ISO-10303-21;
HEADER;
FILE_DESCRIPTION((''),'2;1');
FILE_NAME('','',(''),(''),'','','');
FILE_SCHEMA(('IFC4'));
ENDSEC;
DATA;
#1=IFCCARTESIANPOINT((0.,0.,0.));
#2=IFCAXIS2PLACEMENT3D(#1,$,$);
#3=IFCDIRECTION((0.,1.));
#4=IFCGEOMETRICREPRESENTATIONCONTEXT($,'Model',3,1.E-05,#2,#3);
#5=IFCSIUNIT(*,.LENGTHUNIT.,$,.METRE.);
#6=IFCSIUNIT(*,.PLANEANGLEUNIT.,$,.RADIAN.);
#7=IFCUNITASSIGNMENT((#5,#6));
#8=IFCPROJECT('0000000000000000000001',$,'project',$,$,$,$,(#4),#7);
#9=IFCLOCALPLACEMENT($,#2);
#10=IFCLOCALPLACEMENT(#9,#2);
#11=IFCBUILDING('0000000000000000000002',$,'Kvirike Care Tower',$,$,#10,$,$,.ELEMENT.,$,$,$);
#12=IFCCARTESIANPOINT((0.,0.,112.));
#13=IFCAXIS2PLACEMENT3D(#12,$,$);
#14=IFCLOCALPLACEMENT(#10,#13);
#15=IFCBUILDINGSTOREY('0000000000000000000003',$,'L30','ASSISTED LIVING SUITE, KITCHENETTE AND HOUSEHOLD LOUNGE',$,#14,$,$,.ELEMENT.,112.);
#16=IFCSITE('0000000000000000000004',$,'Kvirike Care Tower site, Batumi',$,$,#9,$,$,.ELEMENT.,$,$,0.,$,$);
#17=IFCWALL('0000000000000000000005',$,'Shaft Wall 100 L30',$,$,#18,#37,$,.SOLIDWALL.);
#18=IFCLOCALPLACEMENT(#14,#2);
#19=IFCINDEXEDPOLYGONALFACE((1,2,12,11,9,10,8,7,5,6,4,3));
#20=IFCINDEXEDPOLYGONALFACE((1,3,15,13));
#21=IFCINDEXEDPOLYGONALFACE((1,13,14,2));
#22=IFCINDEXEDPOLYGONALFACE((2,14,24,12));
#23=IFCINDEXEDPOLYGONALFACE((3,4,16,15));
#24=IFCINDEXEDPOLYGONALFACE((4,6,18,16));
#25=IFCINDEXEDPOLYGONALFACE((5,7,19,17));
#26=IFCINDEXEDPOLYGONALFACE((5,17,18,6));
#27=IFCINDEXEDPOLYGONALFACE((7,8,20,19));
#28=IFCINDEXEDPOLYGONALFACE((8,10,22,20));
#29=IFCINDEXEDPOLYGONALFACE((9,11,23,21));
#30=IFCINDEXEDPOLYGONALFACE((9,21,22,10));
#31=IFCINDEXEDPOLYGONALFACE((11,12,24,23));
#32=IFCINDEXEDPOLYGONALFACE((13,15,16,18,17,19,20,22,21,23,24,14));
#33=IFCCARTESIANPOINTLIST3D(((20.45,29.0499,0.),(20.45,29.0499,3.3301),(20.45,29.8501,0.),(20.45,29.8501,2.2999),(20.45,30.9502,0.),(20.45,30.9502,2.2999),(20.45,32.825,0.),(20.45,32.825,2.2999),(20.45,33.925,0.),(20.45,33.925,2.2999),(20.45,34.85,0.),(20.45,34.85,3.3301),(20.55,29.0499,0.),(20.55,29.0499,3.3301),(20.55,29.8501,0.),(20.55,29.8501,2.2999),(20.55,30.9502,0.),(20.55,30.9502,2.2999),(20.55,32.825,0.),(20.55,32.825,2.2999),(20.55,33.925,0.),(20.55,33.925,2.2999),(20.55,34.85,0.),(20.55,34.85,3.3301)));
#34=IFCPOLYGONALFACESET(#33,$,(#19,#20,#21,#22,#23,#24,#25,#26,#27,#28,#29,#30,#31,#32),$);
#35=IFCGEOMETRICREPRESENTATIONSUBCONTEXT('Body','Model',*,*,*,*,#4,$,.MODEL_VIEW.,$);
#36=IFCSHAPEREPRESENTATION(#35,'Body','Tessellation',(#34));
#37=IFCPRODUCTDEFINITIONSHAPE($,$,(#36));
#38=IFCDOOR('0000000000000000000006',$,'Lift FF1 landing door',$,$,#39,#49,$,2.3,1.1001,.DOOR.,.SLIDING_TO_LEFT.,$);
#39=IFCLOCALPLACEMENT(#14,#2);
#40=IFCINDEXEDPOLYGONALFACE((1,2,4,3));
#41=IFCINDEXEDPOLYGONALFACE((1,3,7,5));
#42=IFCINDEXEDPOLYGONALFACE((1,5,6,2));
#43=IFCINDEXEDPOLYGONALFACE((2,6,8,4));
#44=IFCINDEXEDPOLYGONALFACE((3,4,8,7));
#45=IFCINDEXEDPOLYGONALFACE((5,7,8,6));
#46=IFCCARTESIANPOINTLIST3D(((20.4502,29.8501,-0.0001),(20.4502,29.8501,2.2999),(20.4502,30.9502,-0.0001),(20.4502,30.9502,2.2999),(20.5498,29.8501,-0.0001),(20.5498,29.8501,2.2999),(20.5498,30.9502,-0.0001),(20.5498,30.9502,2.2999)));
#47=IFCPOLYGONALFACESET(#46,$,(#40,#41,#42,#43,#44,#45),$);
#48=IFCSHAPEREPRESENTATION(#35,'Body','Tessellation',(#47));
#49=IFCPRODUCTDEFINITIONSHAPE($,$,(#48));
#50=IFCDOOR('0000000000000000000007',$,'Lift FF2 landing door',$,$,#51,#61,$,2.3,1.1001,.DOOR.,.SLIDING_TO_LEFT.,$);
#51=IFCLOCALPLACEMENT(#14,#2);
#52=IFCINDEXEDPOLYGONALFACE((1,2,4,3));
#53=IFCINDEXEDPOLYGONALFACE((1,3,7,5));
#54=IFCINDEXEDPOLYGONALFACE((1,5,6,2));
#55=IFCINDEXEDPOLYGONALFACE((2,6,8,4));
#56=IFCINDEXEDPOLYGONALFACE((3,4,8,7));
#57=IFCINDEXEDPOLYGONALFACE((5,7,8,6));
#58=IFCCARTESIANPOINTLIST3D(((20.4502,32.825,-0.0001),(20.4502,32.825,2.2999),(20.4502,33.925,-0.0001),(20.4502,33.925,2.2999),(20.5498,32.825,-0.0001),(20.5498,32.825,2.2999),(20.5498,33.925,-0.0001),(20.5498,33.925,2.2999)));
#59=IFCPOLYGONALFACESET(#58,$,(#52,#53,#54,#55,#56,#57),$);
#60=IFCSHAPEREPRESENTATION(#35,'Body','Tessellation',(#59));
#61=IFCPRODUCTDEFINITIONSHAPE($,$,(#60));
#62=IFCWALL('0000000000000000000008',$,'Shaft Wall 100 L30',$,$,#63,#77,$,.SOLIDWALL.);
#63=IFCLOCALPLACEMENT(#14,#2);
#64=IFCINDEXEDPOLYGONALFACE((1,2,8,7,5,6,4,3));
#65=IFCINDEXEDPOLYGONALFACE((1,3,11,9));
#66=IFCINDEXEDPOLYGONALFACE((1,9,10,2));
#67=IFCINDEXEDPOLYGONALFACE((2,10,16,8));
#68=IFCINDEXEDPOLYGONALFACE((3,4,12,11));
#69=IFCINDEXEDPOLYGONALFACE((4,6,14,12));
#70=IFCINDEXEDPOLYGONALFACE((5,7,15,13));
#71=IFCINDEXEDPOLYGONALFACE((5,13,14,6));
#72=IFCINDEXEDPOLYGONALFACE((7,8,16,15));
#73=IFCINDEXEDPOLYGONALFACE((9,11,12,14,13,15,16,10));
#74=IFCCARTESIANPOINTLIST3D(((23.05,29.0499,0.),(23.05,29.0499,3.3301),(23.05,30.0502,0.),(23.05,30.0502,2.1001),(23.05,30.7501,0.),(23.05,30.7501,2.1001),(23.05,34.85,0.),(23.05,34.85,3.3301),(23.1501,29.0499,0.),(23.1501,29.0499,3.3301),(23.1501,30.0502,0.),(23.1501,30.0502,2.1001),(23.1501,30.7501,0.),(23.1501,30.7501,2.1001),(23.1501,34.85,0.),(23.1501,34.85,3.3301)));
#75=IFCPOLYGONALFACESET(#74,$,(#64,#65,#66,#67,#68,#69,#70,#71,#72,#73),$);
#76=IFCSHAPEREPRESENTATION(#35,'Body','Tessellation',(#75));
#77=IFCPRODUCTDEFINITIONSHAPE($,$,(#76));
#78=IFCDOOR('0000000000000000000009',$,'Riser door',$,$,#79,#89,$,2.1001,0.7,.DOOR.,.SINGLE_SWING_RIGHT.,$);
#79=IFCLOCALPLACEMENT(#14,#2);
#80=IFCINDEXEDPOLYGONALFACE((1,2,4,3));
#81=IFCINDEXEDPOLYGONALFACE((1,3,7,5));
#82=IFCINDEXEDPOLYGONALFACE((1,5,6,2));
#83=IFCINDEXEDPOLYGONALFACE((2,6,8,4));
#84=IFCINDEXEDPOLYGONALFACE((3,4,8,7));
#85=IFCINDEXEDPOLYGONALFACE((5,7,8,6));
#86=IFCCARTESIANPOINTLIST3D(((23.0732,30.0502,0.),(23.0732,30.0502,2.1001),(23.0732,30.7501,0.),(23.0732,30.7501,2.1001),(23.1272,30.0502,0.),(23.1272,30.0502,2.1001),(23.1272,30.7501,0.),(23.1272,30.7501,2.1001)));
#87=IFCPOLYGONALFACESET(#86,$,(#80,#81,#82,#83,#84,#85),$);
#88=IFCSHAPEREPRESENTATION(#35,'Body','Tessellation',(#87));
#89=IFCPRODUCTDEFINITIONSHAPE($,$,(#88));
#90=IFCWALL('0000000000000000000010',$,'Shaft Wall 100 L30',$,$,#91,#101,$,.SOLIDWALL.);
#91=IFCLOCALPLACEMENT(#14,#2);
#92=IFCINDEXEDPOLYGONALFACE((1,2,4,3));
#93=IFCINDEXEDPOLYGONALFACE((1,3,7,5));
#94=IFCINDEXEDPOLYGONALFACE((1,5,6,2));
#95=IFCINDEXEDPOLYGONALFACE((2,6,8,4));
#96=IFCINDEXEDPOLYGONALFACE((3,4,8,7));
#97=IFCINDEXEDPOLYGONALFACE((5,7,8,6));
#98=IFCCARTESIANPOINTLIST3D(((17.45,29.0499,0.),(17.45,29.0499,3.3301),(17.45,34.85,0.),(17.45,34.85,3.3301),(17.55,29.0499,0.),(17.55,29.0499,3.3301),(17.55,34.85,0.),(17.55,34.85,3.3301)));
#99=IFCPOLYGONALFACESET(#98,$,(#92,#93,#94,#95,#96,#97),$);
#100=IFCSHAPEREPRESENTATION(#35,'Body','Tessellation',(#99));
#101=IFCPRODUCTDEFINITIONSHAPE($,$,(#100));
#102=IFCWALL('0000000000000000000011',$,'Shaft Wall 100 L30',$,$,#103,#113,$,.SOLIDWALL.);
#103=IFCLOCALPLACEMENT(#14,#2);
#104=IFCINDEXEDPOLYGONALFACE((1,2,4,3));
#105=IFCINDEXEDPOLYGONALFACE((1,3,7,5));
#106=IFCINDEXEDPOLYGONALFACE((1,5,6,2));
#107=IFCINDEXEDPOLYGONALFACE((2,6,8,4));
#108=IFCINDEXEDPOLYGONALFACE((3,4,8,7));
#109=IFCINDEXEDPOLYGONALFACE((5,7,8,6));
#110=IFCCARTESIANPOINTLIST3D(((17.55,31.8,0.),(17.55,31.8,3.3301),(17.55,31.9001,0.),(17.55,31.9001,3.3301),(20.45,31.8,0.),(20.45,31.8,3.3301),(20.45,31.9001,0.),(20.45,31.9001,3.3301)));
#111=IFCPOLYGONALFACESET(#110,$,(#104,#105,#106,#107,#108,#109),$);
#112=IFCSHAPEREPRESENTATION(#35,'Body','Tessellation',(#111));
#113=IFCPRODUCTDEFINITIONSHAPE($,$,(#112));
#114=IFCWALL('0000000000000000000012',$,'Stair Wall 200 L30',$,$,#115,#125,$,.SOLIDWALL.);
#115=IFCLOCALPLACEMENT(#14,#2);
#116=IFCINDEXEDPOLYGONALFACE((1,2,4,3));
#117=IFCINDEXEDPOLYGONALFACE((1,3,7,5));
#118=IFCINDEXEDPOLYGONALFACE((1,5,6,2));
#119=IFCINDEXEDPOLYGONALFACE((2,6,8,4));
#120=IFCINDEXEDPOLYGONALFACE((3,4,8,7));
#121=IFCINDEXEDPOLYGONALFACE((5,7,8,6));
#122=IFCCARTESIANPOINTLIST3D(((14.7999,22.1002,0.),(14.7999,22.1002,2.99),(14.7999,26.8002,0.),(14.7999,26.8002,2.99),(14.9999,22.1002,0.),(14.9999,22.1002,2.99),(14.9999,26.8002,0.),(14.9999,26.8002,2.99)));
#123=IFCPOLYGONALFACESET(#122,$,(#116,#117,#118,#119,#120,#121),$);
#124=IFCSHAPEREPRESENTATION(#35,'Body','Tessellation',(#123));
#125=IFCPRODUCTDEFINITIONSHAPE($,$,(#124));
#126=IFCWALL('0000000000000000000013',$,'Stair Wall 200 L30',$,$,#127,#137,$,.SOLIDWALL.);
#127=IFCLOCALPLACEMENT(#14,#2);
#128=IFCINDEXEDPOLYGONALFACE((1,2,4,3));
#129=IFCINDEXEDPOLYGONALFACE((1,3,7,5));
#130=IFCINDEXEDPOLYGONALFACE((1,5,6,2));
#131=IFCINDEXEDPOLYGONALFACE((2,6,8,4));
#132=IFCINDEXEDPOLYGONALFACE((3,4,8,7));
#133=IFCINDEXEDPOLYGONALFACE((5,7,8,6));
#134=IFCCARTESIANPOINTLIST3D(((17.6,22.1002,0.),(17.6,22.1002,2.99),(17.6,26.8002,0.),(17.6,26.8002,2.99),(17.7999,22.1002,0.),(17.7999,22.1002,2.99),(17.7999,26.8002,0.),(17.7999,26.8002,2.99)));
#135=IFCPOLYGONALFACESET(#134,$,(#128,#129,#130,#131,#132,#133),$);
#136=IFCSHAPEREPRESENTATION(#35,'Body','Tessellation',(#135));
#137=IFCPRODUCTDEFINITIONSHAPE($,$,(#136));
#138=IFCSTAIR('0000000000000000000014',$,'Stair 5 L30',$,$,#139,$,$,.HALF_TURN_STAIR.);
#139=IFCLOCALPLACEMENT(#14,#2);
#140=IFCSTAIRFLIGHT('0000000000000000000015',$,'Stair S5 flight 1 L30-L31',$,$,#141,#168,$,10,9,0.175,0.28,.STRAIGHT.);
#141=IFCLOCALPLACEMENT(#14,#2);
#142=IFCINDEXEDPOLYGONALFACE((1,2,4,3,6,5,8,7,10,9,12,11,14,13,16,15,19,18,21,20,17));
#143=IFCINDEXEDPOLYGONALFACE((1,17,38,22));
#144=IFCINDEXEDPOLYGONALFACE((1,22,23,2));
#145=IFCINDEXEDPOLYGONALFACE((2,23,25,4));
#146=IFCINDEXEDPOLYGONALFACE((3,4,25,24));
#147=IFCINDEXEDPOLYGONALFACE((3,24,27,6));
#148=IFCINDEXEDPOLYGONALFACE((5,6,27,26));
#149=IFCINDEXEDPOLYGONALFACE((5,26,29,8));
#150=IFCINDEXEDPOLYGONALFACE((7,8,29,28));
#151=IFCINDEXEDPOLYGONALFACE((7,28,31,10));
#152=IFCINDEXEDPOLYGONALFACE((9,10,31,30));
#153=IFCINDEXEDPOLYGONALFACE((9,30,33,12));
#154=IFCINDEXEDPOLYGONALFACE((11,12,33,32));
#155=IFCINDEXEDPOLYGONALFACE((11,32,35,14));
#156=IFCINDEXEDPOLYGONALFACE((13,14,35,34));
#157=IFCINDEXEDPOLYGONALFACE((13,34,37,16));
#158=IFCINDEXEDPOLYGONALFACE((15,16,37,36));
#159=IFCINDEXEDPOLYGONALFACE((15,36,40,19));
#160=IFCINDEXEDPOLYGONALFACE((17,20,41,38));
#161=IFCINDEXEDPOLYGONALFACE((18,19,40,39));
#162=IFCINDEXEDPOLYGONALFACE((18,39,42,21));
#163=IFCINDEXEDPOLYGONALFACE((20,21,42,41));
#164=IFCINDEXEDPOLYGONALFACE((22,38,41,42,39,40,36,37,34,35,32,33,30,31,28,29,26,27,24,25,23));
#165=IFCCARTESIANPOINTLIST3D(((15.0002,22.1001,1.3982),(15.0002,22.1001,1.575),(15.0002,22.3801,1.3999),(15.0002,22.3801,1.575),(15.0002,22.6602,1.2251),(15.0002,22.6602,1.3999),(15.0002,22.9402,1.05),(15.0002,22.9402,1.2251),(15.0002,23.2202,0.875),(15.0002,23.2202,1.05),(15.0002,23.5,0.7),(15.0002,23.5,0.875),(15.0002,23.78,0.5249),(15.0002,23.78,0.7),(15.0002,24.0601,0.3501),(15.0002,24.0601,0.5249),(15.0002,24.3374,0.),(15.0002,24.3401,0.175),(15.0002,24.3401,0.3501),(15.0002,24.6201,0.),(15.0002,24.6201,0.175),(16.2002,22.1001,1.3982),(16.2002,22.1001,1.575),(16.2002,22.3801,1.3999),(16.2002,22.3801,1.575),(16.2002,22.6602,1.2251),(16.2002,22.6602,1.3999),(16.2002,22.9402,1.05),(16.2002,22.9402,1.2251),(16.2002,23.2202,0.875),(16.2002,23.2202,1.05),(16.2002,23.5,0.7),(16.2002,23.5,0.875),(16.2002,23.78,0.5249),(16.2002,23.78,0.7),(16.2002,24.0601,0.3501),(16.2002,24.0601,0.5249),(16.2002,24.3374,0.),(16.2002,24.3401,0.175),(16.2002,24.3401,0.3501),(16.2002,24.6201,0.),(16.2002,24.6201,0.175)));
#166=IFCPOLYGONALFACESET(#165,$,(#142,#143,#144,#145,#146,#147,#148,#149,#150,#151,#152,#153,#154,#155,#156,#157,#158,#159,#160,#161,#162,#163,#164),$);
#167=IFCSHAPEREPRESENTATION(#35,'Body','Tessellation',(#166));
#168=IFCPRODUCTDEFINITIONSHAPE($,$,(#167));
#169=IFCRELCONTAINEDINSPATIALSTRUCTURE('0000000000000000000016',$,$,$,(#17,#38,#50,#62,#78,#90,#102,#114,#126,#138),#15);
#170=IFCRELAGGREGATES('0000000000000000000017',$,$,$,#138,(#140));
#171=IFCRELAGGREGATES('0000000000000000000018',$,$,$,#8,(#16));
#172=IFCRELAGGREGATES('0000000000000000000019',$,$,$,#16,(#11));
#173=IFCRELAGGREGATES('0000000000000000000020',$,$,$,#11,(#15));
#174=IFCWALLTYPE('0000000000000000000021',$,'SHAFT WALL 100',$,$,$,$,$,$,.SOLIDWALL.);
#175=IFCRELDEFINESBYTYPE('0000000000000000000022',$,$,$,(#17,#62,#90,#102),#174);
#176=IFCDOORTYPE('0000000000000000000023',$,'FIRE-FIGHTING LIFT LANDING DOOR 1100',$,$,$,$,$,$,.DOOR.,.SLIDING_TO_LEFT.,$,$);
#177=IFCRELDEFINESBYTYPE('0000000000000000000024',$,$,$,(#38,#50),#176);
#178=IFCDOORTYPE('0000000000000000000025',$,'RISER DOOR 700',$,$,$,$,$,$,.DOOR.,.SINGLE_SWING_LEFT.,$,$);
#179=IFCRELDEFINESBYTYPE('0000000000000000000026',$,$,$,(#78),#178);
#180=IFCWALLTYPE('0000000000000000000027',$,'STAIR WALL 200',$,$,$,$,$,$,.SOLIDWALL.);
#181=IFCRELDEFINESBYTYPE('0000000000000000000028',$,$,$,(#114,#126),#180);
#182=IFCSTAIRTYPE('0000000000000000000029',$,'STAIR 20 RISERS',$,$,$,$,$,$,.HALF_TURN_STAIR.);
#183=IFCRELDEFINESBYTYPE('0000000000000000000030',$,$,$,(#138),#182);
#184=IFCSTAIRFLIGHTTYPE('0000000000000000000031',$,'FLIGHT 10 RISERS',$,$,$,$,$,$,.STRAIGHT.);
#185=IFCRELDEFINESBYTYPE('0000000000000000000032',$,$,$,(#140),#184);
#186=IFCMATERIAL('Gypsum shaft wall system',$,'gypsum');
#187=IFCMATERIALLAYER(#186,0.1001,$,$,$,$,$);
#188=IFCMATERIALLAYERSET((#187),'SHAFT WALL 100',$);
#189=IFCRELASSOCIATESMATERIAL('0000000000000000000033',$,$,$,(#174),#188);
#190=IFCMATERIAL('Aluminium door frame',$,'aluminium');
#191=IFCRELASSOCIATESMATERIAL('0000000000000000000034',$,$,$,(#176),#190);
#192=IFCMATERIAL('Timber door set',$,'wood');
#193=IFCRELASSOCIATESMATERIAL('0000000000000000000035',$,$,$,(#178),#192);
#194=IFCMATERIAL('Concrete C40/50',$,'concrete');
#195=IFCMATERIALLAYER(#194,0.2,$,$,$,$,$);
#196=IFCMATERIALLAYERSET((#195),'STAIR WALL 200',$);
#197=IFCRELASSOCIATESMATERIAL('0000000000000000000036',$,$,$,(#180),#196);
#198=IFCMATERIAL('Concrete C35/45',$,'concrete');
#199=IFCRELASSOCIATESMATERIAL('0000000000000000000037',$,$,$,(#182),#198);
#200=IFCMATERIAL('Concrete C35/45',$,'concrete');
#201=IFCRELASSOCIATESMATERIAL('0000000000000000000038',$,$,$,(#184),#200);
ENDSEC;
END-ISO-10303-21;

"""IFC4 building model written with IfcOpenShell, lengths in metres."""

from ifc_helpers import new_model, si_unit, direction, frame, frame_2d, origin, place, context, subcontext, project, spatial, polyline, rectangle, outline, extrude, material, layer, layer_set, type_object, element, fill, aggregate, save


model = new_model("IFC4")

# Units and contexts
model_context = context("Model", 3, precision=1e-05, world=origin(), true_north=direction((0.0, 1.0)))
body_context = subcontext(model_context, "Body", "Model", "MODEL_VIEW")
ifc_project = project(units=[si_unit("LENGTHUNIT", "METRE"), si_unit("PLANEANGLEUNIT", "RADIAN")], contexts=[model_context])

# Site, building, storey
site_placement = place(None, origin())
site = spatial("IfcSite", under=ifc_project, at=site_placement, Name="Kvirike Care Tower site, Batumi", CompositionType="ELEMENT", RefElevation=0.0)
building_placement = place(site_placement, origin())
building = spatial("IfcBuilding", under=site, at=building_placement, Name="Kvirike Care Tower", CompositionType="ELEMENT")
storey_placement = place(building_placement, frame((0.0, 0.0, 112.0)))
storey = spatial("IfcBuildingStorey", under=building, at=storey_placement, Name="L30", Description="ASSISTED LIVING SUITE, KITCHENETTE AND HOUSEHOLD LOUNGE", CompositionType="ELEMENT", Elevation=112.0)

# Wall, openings, doors
ifc_material_1 = material(Name="Gypsum shaft wall system", Category="gypsum")
ifc_layer_1 = layer(ifc_material_1, 0.1001)
ifc_layer_set_1 = layer_set([ifc_layer_1], Name="SHAFT WALL 100")
wall_type_1 = type_object("IfcWallType", Name="SHAFT WALL 100", PredefinedType="SOLIDWALL", material=ifc_layer_set_1)
wall_1_placement = place(storey_placement, frame((20.5, 29.05, 0.0), z_axis=(0.0, 0.0, 1.0), x_axis=(0.0, 1.0, 0.0)))
wall_1 = element("IfcWall", 1, at=wall_1_placement, inside=storey, type_object=wall_type_1, Name="Shaft Wall 100 L30", PredefinedType="SOLIDWALL", context=body_context, shape_type="SweptSolid", body=[
    extrude(rectangle(XDim=5.8, YDim=0.1001, at=frame_2d((2.8999, 0.0))), origin(), (0.0, 0.0, 1.0), 3.3301),
])
opening_1_placement = place(wall_1_placement, frame((0.8, 0.0, 0.0)))
opening_1 = element("IfcOpeningElement", 2, at=opening_1_placement, cuts=wall_1, PredefinedType="OPENING", context=body_context, shape_type="SweptSolid", body=[
    extrude(rectangle(XDim=1.1001, YDim=2.3, at=frame_2d((0.55, 1.1499))), frame((0.0, 0.0605, 0.0), z_axis=(0.0, -1.0, 0.0), x_axis=(1.0, 0.0, 0.0)), (0.0, 0.0, 1.0), 0.1211),
])
opening_2_placement = place(wall_1_placement, frame((3.7749, 0.0, 0.0)))
opening_2 = element("IfcOpeningElement", 3, at=opening_2_placement, cuts=wall_1, PredefinedType="OPENING", context=body_context, shape_type="SweptSolid", body=[
    extrude(rectangle(XDim=1.1001, YDim=2.3, at=frame_2d((0.55, 1.1499))), frame((0.0, 0.0605, 0.0), z_axis=(0.0, -1.0, 0.0), x_axis=(1.0, 0.0, 0.0)), (0.0, 0.0, 1.0), 0.1211),
])
ifc_material_2 = material(Name="Aluminium door frame", Category="aluminium")
door_type_1 = type_object("IfcDoorType", Name="FIRE-FIGHTING LIFT LANDING DOOR 1100", OperationType="SLIDING_TO_LEFT", PredefinedType="DOOR", material=ifc_material_2)
door_1_placement = place(opening_1_placement, origin())
door_1 = element("IfcDoor", 4, at=door_1_placement, inside=storey, type_object=door_type_1, Name="Lift FF1 landing door", OperationType="SLIDING_TO_LEFT", OverallHeight=2.3, OverallWidth=1.1001, PredefinedType="DOOR", context=body_context, shape_type="SweptSolid", body=[
    extrude(rectangle(XDim=1.1001, YDim=2.3, at=frame_2d((0.55, 1.1499))), frame((0.0, 0.0498, 0.0), z_axis=(0.0, -1.0, 0.0), x_axis=(1.0, 0.0, 0.0)), (0.0, 0.0, 1.0), 0.0996),
])
fill(opening_1, door_1)
door_2_placement = place(opening_2_placement, origin())
door_2 = element("IfcDoor", 5, at=door_2_placement, inside=storey, type_object=door_type_1, Name="Lift FF2 landing door", OperationType="SLIDING_TO_LEFT", OverallHeight=2.3, OverallWidth=1.1001, PredefinedType="DOOR", context=body_context, shape_type="SweptSolid", body=[
    extrude(rectangle(XDim=1.1001, YDim=2.3, at=frame_2d((0.55, 1.1499))), frame((0.0, 0.0498, 0.0), z_axis=(0.0, -1.0, 0.0), x_axis=(1.0, 0.0, 0.0)), (0.0, 0.0, 1.0), 0.0996),
])
fill(opening_2, door_2)

# Wall, opening, door
wall_2_placement = place(storey_placement, frame((23.1001, 29.05, 0.0), z_axis=(0.0, 0.0, 1.0), x_axis=(0.0, 1.0, 0.0)))
wall_2 = element("IfcWall", 6, at=wall_2_placement, inside=storey, type_object=wall_type_1, Name="Shaft Wall 100 L30", PredefinedType="SOLIDWALL", context=body_context, shape_type="SweptSolid", body=[
    extrude(rectangle(XDim=5.8, YDim=0.1001, at=frame_2d((2.8999, 0.0))), origin(), (0.0, 0.0, 1.0), 3.3301),
])
opening_3_placement = place(wall_2_placement, frame((1.0, 0.0, 0.0)))
opening_3 = element("IfcOpeningElement", 7, at=opening_3_placement, cuts=wall_2, PredefinedType="OPENING", context=body_context, shape_type="SweptSolid", body=[
    extrude(rectangle(XDim=0.7, YDim=2.1001, at=frame_2d((0.3501, 1.05))), frame((0.0, 0.0605, 0.0), z_axis=(0.0, -1.0, 0.0), x_axis=(1.0, 0.0, 0.0)), (0.0, 0.0, 1.0), 0.1211),
])
ifc_material_3 = material(Name="Timber door set", Category="wood")
door_type_2 = type_object("IfcDoorType", Name="RISER DOOR 700", OperationType="SINGLE_SWING_LEFT", PredefinedType="DOOR", material=ifc_material_3)
door_3_placement = place(opening_3_placement, origin())
door_3 = element("IfcDoor", 8, at=door_3_placement, inside=storey, type_object=door_type_2, Name="Riser door", OperationType="SINGLE_SWING_RIGHT", OverallHeight=2.1001, OverallWidth=0.7, PredefinedType="DOOR", context=body_context, shape_type="SweptSolid", body=[
    extrude(rectangle(XDim=0.7, YDim=2.1001, at=frame_2d((0.3501, 1.05))), frame((0.0, 0.0269, 0.0), z_axis=(0.0, -1.0, 0.0), x_axis=(1.0, 0.0, 0.0)), (0.0, 0.0, 1.0), 0.054),
])
fill(opening_3, door_3)

# Walls
wall_3_placement = place(storey_placement, frame((17.5, 29.05, 0.0), z_axis=(0.0, 0.0, 1.0), x_axis=(0.0, 1.0, 0.0)))
element("IfcWall", 9, at=wall_3_placement, inside=storey, type_object=wall_type_1, Name="Shaft Wall 100 L30", PredefinedType="SOLIDWALL", context=body_context, shape_type="SweptSolid", body=[
    extrude(rectangle(XDim=5.8, YDim=0.1001, at=frame_2d((2.8999, 0.0))), origin(), (0.0, 0.0, 1.0), 3.3301),
])
wall_4_placement = place(storey_placement, frame((17.55, 31.8501, 0.0), z_axis=(0.0, 0.0, 1.0), x_axis=(1.0, 0.0, 0.0)))
element("IfcWall", 10, at=wall_4_placement, inside=storey, type_object=wall_type_1, Name="Shaft Wall 100 L30", PredefinedType="SOLIDWALL", context=body_context, shape_type="SweptSolid", body=[
    extrude(rectangle(XDim=2.8999, YDim=0.1001, at=frame_2d((1.45, 0.0))), origin(), (0.0, 0.0, 1.0), 3.3301),
])
ifc_material_4 = material(Name="Concrete C40/50", Category="concrete")
ifc_layer_2 = layer(ifc_material_4, 0.2)
ifc_layer_set_2 = layer_set([ifc_layer_2], Name="STAIR WALL 200")
wall_type_2 = type_object("IfcWallType", Name="STAIR WALL 200", PredefinedType="SOLIDWALL", material=ifc_layer_set_2)
for number, where, z_axis, x_axis, name in (
    (11, (14.8999, 22.1001, 0.0), (0.0, 0.0, 1.0), (0.0, 1.0, 0.0), "Stair Wall 200 L30"),
    (12, (17.7, 22.1001, 0.0), (0.0, 0.0, 1.0), (0.0, 1.0, 0.0), "Stair Wall 200 L30"),
):
    element("IfcWall", number, at=place(storey_placement, frame(where, z_axis=z_axis, x_axis=x_axis)), inside=storey, type_object=wall_type_2, Name=name, PredefinedType="SOLIDWALL", context=body_context, shape_type="SweptSolid", body=[
        extrude(rectangle(XDim=4.7, YDim=0.2, at=frame_2d((2.3501, 0.0))), origin(), (0.0, 0.0, 1.0), 2.99),
    ])

# Stair, stair flight
ifc_material_5 = material(Name="Concrete C35/45", Category="concrete")
stair_type = type_object("IfcStairType", Name="STAIR 20 RISERS", PredefinedType="HALF_TURN_STAIR", material=ifc_material_5)
stair_placement = place(storey_placement, origin())
stair = element("IfcStair", 13, at=stair_placement, inside=storey, type_object=stair_type, Name="Stair 5 L30", PredefinedType="HALF_TURN_STAIR")
ifc_material_6 = material(Name="Concrete C35/45", Category="concrete")
stair_flight_type = type_object("IfcStairFlightType", Name="FLIGHT 10 RISERS", PredefinedType="STRAIGHT", material=ifc_material_6)
stair_flight_1_placement = place(storey_placement, frame((15.6001, 24.6201, 0.0), z_axis=(0.0, 0.0, 1.0), x_axis=(0.0, -1.0, 0.0)))
stair_flight_1 = element("IfcStairFlight", 14, at=stair_flight_1_placement, type_object=stair_flight_type, Name="Stair S5 flight 1 L30-L31", NumberOfRisers=10, NumberOfTreads=9, PredefinedType="STRAIGHT", RiserHeight=0.175, TreadLength=0.28, context=body_context, shape_type="SweptSolid", body=[
    extrude(outline(polyline([(0.0, 0.0), (0.0, 0.175), (0.28, 0.175), (0.28, 0.3501), (0.5601, 0.3501), (0.5601, 0.5249), (0.8401, 0.5249), (0.8401, 0.7), (1.1201, 0.7), (1.1201, 0.875), (1.3999, 0.875), (1.3999, 1.05), (1.6799, 1.05), (1.6799, 1.2251), (1.96, 1.2251), (1.96, 1.3999), (2.24, 1.3999), (2.24, 1.575), (2.52, 1.575), (2.52, 1.75), (2.52, 1.3982), (0.2827, 0.0), (0.0, 0.0)])), frame((0.0, 0.6001, 0.0), z_axis=(0.0, -1.0, 0.0), x_axis=(1.0, 0.0, 0.0)), (0.0, 0.0, 1.0), 1.2),
])
aggregate(stair, [stair_flight_1])

save(model, "model.ifc")
